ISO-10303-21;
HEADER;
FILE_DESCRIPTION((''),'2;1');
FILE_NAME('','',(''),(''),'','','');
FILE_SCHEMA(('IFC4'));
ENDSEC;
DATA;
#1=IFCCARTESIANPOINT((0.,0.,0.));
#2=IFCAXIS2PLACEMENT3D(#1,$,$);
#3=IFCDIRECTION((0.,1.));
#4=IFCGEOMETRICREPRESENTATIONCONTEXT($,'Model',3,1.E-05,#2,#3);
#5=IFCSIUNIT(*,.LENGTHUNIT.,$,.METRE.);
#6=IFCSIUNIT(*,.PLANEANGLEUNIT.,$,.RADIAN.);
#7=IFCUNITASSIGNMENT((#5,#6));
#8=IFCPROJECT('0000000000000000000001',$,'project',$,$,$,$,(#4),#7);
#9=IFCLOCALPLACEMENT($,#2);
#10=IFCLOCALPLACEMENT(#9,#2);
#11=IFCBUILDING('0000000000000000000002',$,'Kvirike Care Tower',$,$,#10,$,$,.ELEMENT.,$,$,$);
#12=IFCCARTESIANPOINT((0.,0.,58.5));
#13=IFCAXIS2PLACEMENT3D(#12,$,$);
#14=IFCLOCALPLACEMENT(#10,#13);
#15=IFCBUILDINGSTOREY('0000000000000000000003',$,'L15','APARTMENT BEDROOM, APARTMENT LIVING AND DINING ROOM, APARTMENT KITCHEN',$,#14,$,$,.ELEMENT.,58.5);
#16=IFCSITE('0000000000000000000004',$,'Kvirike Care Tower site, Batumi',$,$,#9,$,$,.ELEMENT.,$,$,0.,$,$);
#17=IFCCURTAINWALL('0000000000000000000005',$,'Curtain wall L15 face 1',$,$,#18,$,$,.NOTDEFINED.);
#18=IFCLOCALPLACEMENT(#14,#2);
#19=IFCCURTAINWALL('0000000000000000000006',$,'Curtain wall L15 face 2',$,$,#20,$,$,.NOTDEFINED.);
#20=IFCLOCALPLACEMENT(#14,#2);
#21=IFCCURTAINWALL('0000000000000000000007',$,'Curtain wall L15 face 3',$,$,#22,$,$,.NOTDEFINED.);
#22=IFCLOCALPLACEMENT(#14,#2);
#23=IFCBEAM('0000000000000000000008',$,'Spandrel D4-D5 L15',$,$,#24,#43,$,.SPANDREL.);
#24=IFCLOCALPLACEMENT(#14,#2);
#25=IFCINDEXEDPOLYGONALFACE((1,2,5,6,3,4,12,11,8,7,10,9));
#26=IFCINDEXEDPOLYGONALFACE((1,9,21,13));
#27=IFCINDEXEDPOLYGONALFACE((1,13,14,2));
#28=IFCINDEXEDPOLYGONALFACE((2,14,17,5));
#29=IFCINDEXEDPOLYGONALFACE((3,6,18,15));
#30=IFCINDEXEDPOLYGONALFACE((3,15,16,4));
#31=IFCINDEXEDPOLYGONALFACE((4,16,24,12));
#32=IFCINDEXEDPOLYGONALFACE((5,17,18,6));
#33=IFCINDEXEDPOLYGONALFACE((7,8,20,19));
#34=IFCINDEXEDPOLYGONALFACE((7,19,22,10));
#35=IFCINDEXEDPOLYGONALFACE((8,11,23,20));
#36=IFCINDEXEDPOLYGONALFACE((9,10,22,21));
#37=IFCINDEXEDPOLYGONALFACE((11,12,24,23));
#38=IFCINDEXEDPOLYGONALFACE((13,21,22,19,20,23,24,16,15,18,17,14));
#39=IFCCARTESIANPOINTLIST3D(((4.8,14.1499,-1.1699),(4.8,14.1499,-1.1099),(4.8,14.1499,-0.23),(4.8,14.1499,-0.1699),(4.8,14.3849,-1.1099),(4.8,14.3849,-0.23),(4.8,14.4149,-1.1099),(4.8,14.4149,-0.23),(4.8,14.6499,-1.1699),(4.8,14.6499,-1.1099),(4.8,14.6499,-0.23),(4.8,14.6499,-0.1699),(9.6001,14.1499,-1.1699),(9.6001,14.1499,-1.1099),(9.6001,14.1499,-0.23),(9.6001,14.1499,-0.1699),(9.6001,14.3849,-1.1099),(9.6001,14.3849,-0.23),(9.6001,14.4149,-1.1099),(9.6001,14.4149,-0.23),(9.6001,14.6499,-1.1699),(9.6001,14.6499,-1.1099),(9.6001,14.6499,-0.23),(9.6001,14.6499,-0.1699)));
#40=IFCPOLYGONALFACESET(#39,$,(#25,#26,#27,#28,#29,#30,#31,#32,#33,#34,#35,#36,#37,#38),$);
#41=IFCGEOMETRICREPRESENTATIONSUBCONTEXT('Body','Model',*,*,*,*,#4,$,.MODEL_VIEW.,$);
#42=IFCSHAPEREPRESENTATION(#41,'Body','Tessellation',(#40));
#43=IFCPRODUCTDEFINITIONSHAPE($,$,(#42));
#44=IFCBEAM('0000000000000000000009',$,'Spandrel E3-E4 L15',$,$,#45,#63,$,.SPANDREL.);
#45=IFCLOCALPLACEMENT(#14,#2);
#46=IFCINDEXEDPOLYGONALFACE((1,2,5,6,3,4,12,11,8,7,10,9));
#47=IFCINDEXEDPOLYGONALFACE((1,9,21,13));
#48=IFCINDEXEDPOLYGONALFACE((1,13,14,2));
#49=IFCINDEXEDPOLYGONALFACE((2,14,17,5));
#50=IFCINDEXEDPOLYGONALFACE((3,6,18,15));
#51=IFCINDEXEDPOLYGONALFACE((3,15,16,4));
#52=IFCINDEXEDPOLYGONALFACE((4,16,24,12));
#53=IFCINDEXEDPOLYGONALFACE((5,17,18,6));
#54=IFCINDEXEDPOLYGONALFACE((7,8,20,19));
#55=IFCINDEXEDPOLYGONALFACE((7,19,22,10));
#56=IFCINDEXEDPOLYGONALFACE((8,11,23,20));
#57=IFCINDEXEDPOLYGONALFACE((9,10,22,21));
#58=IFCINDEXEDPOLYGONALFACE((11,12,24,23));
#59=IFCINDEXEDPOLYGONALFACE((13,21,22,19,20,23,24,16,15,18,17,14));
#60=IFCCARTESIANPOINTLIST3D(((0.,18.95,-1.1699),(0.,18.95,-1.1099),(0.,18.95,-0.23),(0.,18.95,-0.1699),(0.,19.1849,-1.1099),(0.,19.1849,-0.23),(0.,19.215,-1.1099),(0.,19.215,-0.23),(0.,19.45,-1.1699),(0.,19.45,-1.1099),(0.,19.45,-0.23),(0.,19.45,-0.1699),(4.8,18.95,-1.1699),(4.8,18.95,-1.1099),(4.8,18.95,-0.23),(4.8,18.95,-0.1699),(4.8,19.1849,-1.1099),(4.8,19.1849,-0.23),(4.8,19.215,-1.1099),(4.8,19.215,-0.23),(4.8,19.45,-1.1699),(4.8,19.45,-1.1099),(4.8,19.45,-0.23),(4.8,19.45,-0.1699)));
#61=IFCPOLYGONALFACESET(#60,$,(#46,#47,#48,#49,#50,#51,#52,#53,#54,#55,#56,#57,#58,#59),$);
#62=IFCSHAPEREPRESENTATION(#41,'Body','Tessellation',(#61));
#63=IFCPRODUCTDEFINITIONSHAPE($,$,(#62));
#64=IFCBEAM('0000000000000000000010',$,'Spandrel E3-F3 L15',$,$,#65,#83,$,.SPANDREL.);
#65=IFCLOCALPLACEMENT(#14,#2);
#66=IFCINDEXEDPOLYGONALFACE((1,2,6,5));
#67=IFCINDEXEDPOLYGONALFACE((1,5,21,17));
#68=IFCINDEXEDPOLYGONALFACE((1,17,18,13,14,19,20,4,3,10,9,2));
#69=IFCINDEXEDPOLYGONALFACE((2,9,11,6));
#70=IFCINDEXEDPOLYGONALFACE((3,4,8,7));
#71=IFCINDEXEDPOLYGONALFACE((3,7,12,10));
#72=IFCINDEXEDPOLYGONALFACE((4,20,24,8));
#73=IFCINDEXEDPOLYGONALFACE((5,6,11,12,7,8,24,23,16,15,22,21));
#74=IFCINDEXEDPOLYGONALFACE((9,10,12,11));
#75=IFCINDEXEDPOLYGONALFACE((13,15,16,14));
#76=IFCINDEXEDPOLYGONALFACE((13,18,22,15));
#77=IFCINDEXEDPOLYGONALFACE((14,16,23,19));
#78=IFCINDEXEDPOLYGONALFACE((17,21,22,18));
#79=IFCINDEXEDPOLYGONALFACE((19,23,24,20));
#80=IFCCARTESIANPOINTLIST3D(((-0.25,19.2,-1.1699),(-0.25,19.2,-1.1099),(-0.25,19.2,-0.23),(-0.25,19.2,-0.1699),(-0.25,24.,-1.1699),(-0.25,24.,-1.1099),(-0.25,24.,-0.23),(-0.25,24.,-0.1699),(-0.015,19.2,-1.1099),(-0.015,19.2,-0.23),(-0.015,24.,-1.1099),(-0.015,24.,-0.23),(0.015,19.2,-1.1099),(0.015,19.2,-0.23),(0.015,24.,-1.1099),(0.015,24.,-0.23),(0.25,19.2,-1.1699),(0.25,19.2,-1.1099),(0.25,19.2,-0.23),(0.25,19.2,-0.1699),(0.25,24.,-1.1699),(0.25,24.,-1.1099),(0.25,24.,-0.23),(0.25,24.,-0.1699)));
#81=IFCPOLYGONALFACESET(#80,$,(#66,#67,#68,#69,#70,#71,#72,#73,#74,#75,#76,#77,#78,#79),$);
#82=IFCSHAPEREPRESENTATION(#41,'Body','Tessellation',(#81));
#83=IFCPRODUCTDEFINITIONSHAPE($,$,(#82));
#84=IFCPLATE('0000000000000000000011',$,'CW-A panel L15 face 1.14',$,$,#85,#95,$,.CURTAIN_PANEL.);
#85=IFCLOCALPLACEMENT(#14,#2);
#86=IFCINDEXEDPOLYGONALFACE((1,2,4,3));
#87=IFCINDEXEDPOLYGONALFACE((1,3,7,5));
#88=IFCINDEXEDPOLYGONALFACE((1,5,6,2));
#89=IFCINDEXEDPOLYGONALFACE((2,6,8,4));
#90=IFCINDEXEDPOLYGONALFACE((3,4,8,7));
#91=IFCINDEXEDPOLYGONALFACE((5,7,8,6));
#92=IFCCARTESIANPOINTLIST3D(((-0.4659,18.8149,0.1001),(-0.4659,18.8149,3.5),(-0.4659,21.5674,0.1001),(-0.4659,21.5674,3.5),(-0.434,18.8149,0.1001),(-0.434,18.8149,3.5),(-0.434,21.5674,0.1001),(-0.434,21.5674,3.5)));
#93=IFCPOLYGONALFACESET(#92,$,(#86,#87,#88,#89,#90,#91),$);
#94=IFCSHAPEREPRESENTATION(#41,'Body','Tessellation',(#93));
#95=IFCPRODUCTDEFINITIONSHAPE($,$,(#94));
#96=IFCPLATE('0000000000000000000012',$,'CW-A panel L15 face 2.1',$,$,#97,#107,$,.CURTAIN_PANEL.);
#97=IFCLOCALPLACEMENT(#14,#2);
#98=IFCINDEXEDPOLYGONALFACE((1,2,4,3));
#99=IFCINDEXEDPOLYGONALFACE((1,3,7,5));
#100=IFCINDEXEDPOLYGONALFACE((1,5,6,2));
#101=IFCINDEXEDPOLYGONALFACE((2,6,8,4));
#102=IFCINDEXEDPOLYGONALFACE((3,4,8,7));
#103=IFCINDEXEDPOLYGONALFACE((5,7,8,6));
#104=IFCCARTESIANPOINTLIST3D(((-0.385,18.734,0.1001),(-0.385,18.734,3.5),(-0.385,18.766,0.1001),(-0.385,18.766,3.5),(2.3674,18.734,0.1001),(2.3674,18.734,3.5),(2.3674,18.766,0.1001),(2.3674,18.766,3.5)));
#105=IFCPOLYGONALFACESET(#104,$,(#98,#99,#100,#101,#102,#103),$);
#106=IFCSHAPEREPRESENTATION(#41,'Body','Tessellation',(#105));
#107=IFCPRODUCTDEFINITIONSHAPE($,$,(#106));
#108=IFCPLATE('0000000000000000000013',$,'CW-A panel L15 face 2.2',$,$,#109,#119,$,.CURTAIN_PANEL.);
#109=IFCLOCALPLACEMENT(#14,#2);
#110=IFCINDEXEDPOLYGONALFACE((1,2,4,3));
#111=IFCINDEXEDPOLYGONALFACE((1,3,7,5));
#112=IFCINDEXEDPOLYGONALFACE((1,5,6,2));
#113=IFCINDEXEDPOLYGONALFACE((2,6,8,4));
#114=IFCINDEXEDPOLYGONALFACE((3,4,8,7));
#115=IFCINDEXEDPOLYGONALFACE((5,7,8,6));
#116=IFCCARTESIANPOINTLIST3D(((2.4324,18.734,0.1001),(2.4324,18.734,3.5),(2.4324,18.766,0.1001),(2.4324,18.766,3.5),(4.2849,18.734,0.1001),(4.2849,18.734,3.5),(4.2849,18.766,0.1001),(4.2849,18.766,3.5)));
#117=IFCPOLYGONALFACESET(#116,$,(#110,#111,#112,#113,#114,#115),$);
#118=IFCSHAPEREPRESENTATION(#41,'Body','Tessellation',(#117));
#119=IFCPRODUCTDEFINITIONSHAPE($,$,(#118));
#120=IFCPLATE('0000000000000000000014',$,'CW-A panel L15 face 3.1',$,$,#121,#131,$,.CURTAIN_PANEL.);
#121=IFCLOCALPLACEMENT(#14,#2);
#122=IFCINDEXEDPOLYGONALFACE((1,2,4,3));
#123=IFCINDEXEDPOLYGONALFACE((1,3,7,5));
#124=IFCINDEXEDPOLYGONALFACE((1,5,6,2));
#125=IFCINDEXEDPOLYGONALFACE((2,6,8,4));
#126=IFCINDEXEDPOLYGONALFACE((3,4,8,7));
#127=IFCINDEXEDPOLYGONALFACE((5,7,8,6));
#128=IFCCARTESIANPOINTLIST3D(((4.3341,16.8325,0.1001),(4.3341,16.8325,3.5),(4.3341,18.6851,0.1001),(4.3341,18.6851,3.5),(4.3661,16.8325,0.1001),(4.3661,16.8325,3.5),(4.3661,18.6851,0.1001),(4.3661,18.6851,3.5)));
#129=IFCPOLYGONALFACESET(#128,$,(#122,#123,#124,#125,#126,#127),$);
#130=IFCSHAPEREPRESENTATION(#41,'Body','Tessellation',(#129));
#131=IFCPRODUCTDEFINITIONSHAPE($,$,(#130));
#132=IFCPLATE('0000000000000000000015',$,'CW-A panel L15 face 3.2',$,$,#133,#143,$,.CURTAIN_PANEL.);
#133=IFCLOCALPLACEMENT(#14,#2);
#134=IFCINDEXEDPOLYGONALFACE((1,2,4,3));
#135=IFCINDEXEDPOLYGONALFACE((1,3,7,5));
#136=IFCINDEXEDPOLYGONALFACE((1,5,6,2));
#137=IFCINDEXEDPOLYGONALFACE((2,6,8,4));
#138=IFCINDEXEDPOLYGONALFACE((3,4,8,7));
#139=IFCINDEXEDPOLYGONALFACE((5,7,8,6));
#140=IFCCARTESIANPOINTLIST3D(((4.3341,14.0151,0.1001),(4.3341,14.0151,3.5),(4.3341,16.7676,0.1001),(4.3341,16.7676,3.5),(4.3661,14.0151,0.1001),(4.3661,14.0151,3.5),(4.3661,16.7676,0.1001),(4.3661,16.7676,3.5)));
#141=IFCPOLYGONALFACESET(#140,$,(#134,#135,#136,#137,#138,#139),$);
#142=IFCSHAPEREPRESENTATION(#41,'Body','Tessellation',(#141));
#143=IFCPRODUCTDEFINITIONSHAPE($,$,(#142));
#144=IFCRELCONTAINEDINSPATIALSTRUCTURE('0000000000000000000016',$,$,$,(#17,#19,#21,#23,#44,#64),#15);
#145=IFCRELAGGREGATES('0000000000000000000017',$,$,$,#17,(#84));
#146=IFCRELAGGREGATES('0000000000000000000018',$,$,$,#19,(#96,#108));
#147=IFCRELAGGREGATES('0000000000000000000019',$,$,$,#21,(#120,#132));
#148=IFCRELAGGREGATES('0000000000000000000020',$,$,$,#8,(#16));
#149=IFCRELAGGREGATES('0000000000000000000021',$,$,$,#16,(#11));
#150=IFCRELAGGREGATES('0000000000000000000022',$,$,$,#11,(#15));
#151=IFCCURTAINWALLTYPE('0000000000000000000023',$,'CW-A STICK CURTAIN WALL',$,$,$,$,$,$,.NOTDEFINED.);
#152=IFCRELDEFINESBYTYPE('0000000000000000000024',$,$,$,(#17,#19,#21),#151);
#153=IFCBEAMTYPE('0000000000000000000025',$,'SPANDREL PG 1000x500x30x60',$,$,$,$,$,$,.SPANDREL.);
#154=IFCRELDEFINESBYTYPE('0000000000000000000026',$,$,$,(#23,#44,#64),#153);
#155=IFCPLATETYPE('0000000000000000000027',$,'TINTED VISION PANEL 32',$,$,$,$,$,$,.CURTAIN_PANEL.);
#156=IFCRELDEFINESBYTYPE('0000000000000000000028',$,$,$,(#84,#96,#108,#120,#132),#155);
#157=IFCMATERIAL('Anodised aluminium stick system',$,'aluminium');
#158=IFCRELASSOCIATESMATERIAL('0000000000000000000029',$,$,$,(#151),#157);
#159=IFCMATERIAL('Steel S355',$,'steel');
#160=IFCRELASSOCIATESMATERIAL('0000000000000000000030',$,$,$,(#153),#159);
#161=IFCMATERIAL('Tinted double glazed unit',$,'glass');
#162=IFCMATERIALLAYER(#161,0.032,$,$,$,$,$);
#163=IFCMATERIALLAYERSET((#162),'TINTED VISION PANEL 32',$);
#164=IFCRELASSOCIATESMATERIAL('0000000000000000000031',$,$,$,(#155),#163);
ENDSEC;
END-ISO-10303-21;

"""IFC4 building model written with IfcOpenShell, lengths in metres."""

from ifc_helpers import new_model, si_unit, direction, frame, origin, origin_2d, place, context, subcontext, project, spatial, rectangle, i_section, extrude, material, layer, layer_set, material_profile, profile_set, type_object, element, aggregate, save


model = new_model("IFC4")

# Units and contexts
model_context = context("Model", 3, precision=1e-05, world=origin(), true_north=direction((0.0, 1.0)))
body_context = subcontext(model_context, "Body", "Model", "MODEL_VIEW")
ifc_project = project(units=[si_unit("LENGTHUNIT", "METRE"), si_unit("PLANEANGLEUNIT", "RADIAN")], contexts=[model_context])

# Site, building, storey
site_placement = place(None, origin())
site = spatial("IfcSite", under=ifc_project, at=site_placement, Name="Kvirike Care Tower site, Batumi", CompositionType="ELEMENT", RefElevation=0.0)
building_placement = place(site_placement, origin())
building = spatial("IfcBuilding", under=site, at=building_placement, Name="Kvirike Care Tower", CompositionType="ELEMENT")
storey_placement = place(building_placement, frame((0.0, 0.0, 58.5)))
storey = spatial("IfcBuildingStorey", under=building, at=storey_placement, Name="L15", Description="APARTMENT BEDROOM, APARTMENT LIVING AND DINING ROOM, APARTMENT KITCHEN", CompositionType="ELEMENT", Elevation=58.5)

# Curtain wall
ifc_material_1 = material(Name="Anodised aluminium stick system", Category="aluminium")
curtain_wall_type = type_object("IfcCurtainWallType", Name="CW-A STICK CURTAIN WALL", PredefinedType="NOTDEFINED", material=ifc_material_1)
curtain_wall_1_placement = place(storey_placement, origin())
curtain_wall_1 = element("IfcCurtainWall", 1, at=curtain_wall_1_placement, inside=storey, type_object=curtain_wall_type, Name="Curtain wall L15 face 1", PredefinedType="NOTDEFINED")

# Curtain walls
curtain_wall_2_placement = place(storey_placement, origin())
curtain_wall_2 = element("IfcCurtainWall", 2, at=curtain_wall_2_placement, inside=storey, type_object=curtain_wall_type, Name="Curtain wall L15 face 2", PredefinedType="NOTDEFINED")
curtain_wall_3_placement = place(storey_placement, origin())
curtain_wall_3 = element("IfcCurtainWall", 3, at=curtain_wall_3_placement, inside=storey, type_object=curtain_wall_type, Name="Curtain wall L15 face 3", PredefinedType="NOTDEFINED")

# Beams
ifc_material_2 = material(Name="Steel S355", Category="steel")
ifc_material_profile_1 = material_profile(ifc_material_2, i_section(OverallWidth=0.5, OverallDepth=1.0, WebThickness=0.03, FlangeThickness=0.0601, at=origin_2d()), Name="PG 1000x500x30x60")
ifc_profile_set_1 = profile_set([ifc_material_profile_1], Name="Steel S355")
beam_type = type_object("IfcBeamType", Name="SPANDREL PG 1000x500x30x60", PredefinedType="SPANDREL", material=ifc_profile_set_1)
for number, where, z_axis, x_axis, name in (
    (4, (4.8, 14.3999, -0.6699), (1.0, 0.0, 0.0), (0.0, 1.0, 0.0), "Spandrel D4-D5 L15"),
    (5, (0.0, 19.2, -0.6699), (1.0, 0.0, 0.0), (0.0, 1.0, 0.0), "Spandrel E3-E4 L15"),
    (6, (0.0, 19.2, -0.6699), (0.0, 1.0, 0.0), (-1.0, 0.0, 0.0), "Spandrel E3-F3 L15"),
):
    element("IfcBeam", number, at=place(storey_placement, frame(where, z_axis=z_axis, x_axis=x_axis)), inside=storey, type_object=beam_type, Name=name, PredefinedType="SPANDREL", context=body_context, shape_type="SweptSolid", body=[
        extrude(i_section(OverallWidth=0.5, OverallDepth=1.0, WebThickness=0.03, FlangeThickness=0.0601, at=origin_2d()), origin(), (0.0, 0.0, 1.0), 4.8),
    ])

# Plates
ifc_material_3 = material(Name="Tinted double glazed unit", Category="glass")
ifc_layer = layer(ifc_material_3, 0.032)
ifc_layer_set = layer_set([ifc_layer], Name="TINTED VISION PANEL 32")
plate_type = type_object("IfcPlateType", Name="TINTED VISION PANEL 32", PredefinedType="CURTAIN_PANEL", material=ifc_layer_set)
plate_1_placement = place(storey_placement, frame((-0.45, 20.1912, 0.1001), z_axis=(0.0, 0.0, 1.0), x_axis=(0.0, -1.0, 0.0)))
plate_1 = element("IfcPlate", 7, at=plate_1_placement, type_object=plate_type, Name="CW-A panel L15 face 1.14", PredefinedType="CURTAIN_PANEL", context=body_context, shape_type="SweptSolid", body=[
    extrude(rectangle(XDim=2.7524, YDim=0.032, at=origin_2d()), origin(), (0.0, 0.0, 1.0), 3.3999),
])
aggregate(curtain_wall_1, [plate_1])
plate_2_placement = place(storey_placement, frame((0.9912, 18.75, 0.1001), z_axis=(0.0, 0.0, 1.0), x_axis=(1.0, 0.0, 0.0)))
plate_2 = element("IfcPlate", 8, at=plate_2_placement, type_object=plate_type, Name="CW-A panel L15 face 2.1", PredefinedType="CURTAIN_PANEL", context=body_context, shape_type="SweptSolid", body=[
    extrude(rectangle(XDim=2.7524, YDim=0.032, at=origin_2d()), origin(), (0.0, 0.0, 1.0), 3.3999),
])
plate_3_placement = place(storey_placement, frame((3.3586, 18.75, 0.1001), z_axis=(0.0, 0.0, 1.0), x_axis=(1.0, 0.0, 0.0)))
plate_3 = element("IfcPlate", 9, at=plate_3_placement, type_object=plate_type, Name="CW-A panel L15 face 2.2", PredefinedType="CURTAIN_PANEL", context=body_context, shape_type="SweptSolid", body=[
    extrude(rectangle(XDim=1.8525, YDim=0.032, at=origin_2d()), origin(), (0.0, 0.0, 1.0), 3.3999),
])
aggregate(curtain_wall_2, [plate_2, plate_3])
plate_4_placement = place(storey_placement, frame((4.3501, 17.7588, 0.1001), z_axis=(0.0, 0.0, 1.0), x_axis=(0.0, -1.0, 0.0)))
plate_4 = element("IfcPlate", 10, at=plate_4_placement, type_object=plate_type, Name="CW-A panel L15 face 3.1", PredefinedType="CURTAIN_PANEL", context=body_context, shape_type="SweptSolid", body=[
    extrude(rectangle(XDim=1.8525, YDim=0.032, at=origin_2d()), origin(), (0.0, 0.0, 1.0), 3.3999),
])
plate_5_placement = place(storey_placement, frame((4.3501, 15.3914, 0.1001), z_axis=(0.0, 0.0, 1.0), x_axis=(0.0, -1.0, 0.0)))
plate_5 = element("IfcPlate", 11, at=plate_5_placement, type_object=plate_type, Name="CW-A panel L15 face 3.2", PredefinedType="CURTAIN_PANEL", context=body_context, shape_type="SweptSolid", body=[
    extrude(rectangle(XDim=2.7524, YDim=0.032, at=origin_2d()), origin(), (0.0, 0.0, 1.0), 3.3999),
])
aggregate(curtain_wall_3, [plate_4, plate_5])

save(model, "model.ifc")
